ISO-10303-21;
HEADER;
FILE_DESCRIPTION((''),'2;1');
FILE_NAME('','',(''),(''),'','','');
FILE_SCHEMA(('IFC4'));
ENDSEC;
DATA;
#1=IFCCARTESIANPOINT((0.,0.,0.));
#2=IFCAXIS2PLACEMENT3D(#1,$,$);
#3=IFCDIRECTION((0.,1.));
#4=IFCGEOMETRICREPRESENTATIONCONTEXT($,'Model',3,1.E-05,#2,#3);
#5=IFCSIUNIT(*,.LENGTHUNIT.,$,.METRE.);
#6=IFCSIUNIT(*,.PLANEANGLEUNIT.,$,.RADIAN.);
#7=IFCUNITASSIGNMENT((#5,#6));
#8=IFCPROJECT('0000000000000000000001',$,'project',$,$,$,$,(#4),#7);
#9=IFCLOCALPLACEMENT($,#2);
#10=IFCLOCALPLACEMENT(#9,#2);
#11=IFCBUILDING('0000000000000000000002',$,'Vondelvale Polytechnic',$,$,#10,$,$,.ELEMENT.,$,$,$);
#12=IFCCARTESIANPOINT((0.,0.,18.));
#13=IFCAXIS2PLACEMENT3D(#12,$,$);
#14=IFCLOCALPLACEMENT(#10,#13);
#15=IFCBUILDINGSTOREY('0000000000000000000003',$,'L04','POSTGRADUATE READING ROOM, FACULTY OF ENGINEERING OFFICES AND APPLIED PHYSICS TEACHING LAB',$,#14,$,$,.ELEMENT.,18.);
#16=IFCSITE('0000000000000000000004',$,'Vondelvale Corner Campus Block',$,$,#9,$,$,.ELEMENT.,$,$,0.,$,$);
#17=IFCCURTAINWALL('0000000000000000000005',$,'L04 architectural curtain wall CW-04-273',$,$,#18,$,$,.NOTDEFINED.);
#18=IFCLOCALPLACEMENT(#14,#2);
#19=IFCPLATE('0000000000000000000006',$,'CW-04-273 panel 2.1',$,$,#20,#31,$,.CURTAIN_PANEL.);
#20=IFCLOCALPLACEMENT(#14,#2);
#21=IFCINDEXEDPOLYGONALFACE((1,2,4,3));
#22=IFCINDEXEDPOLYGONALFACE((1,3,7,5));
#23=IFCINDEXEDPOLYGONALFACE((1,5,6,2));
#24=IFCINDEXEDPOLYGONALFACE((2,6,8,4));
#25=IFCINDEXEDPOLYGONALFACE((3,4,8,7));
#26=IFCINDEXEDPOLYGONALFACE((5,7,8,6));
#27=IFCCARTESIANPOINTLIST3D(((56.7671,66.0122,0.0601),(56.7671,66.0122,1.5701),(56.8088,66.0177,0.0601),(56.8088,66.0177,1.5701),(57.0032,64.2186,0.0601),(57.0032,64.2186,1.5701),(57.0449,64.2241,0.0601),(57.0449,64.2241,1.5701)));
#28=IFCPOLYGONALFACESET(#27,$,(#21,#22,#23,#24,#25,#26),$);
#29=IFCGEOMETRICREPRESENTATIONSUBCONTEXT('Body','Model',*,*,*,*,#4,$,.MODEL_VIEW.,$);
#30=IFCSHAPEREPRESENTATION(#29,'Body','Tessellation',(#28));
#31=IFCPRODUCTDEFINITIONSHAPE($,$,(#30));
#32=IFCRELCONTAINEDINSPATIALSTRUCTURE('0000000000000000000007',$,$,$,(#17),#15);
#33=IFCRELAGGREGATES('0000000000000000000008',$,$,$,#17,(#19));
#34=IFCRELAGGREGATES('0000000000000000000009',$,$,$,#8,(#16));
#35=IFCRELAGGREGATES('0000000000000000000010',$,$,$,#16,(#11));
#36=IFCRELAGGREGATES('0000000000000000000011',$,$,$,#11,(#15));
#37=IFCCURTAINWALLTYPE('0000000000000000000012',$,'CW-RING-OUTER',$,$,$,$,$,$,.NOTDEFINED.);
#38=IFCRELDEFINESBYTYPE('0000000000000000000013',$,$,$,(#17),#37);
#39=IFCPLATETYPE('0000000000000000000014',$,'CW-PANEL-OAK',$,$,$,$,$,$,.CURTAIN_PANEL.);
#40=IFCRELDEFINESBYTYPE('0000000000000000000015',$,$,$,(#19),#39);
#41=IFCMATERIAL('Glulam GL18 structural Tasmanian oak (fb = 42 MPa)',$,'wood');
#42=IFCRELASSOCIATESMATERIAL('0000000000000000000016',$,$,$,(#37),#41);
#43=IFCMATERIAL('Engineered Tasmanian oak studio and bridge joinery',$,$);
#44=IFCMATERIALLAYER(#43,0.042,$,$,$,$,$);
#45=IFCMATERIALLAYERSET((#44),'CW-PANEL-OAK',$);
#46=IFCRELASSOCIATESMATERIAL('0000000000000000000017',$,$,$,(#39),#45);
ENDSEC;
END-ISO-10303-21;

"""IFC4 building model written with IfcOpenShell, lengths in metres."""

from ifc_helpers import new_model, si_unit, direction, frame, origin, origin_2d, place, context, subcontext, project, spatial, rectangle, extrude, material, layer, layer_set, type_object, element, aggregate, save


model = new_model("IFC4")

# Units and contexts
model_context = context("Model", 3, precision=1e-05, world=origin(), true_north=direction((0.0, 1.0)))
body_context = subcontext(model_context, "Body", "Model", "MODEL_VIEW")
ifc_project = project(units=[si_unit("LENGTHUNIT", "METRE"), si_unit("PLANEANGLEUNIT", "RADIAN")], contexts=[model_context])

# Site, building, storey
site_placement = place(None, origin())
site = spatial("IfcSite", under=ifc_project, at=site_placement, Name="Vondelvale Corner Campus Block", CompositionType="ELEMENT", RefElevation=0.0)
building_placement = place(site_placement, origin())
building = spatial("IfcBuilding", under=site, at=building_placement, Name="Vondelvale Polytechnic", CompositionType="ELEMENT")
storey_placement = place(building_placement, frame((0.0, 0.0, 18.0)))
storey = spatial("IfcBuildingStorey", under=building, at=storey_placement, Name="L04", Description="POSTGRADUATE READING ROOM, FACULTY OF ENGINEERING OFFICES AND APPLIED PHYSICS TEACHING LAB", CompositionType="ELEMENT", Elevation=18.0)

# Shared definitions
ifc_material_1 = material(Name="Glulam GL18 structural Tasmanian oak (fb = 42 MPa)", Category="wood")

# Curtain wall
curtain_wall_type = type_object("IfcCurtainWallType", Name="CW-RING-OUTER", PredefinedType="NOTDEFINED", material=ifc_material_1)
curtain_wall_1_placement = place(storey_placement, origin())
curtain_wall_1 = element("IfcCurtainWall", 1, at=curtain_wall_1_placement, inside=storey, type_object=curtain_wall_type, Name="L04 architectural curtain wall CW-04-273", PredefinedType="NOTDEFINED")

# Plate
ifc_material_2 = material(Name="Engineered Tasmanian oak studio and bridge joinery")
ifc_layer_1 = layer(ifc_material_2, 0.042)
ifc_layer_set_1 = layer_set([ifc_layer_1], Name="CW-PANEL-OAK")
plate_type_1 = type_object("IfcPlateType", Name="CW-PANEL-OAK", PredefinedType="CURTAIN_PANEL", material=ifc_layer_set_1)
plate_1_placement = place(storey_placement, frame((56.906, 65.1182, 0.0601), z_axis=(0.0, 0.0, 1.0), x_axis=(0.130497, -0.991449, 0.0)))
plate_1 = element("IfcPlate", 2, at=plate_1_placement, type_object=plate_type_1, Name="CW-04-273 panel 2.1", PredefinedType="CURTAIN_PANEL", context=body_context, shape_type="SweptSolid", body=[
    extrude(rectangle(XDim=1.8091, YDim=0.042, at=origin_2d()), origin(), (0.0, 0.0, 1.0), 1.51),
])
aggregate(curtain_wall_1, [plate_1])

save(model, "model.ifc")
